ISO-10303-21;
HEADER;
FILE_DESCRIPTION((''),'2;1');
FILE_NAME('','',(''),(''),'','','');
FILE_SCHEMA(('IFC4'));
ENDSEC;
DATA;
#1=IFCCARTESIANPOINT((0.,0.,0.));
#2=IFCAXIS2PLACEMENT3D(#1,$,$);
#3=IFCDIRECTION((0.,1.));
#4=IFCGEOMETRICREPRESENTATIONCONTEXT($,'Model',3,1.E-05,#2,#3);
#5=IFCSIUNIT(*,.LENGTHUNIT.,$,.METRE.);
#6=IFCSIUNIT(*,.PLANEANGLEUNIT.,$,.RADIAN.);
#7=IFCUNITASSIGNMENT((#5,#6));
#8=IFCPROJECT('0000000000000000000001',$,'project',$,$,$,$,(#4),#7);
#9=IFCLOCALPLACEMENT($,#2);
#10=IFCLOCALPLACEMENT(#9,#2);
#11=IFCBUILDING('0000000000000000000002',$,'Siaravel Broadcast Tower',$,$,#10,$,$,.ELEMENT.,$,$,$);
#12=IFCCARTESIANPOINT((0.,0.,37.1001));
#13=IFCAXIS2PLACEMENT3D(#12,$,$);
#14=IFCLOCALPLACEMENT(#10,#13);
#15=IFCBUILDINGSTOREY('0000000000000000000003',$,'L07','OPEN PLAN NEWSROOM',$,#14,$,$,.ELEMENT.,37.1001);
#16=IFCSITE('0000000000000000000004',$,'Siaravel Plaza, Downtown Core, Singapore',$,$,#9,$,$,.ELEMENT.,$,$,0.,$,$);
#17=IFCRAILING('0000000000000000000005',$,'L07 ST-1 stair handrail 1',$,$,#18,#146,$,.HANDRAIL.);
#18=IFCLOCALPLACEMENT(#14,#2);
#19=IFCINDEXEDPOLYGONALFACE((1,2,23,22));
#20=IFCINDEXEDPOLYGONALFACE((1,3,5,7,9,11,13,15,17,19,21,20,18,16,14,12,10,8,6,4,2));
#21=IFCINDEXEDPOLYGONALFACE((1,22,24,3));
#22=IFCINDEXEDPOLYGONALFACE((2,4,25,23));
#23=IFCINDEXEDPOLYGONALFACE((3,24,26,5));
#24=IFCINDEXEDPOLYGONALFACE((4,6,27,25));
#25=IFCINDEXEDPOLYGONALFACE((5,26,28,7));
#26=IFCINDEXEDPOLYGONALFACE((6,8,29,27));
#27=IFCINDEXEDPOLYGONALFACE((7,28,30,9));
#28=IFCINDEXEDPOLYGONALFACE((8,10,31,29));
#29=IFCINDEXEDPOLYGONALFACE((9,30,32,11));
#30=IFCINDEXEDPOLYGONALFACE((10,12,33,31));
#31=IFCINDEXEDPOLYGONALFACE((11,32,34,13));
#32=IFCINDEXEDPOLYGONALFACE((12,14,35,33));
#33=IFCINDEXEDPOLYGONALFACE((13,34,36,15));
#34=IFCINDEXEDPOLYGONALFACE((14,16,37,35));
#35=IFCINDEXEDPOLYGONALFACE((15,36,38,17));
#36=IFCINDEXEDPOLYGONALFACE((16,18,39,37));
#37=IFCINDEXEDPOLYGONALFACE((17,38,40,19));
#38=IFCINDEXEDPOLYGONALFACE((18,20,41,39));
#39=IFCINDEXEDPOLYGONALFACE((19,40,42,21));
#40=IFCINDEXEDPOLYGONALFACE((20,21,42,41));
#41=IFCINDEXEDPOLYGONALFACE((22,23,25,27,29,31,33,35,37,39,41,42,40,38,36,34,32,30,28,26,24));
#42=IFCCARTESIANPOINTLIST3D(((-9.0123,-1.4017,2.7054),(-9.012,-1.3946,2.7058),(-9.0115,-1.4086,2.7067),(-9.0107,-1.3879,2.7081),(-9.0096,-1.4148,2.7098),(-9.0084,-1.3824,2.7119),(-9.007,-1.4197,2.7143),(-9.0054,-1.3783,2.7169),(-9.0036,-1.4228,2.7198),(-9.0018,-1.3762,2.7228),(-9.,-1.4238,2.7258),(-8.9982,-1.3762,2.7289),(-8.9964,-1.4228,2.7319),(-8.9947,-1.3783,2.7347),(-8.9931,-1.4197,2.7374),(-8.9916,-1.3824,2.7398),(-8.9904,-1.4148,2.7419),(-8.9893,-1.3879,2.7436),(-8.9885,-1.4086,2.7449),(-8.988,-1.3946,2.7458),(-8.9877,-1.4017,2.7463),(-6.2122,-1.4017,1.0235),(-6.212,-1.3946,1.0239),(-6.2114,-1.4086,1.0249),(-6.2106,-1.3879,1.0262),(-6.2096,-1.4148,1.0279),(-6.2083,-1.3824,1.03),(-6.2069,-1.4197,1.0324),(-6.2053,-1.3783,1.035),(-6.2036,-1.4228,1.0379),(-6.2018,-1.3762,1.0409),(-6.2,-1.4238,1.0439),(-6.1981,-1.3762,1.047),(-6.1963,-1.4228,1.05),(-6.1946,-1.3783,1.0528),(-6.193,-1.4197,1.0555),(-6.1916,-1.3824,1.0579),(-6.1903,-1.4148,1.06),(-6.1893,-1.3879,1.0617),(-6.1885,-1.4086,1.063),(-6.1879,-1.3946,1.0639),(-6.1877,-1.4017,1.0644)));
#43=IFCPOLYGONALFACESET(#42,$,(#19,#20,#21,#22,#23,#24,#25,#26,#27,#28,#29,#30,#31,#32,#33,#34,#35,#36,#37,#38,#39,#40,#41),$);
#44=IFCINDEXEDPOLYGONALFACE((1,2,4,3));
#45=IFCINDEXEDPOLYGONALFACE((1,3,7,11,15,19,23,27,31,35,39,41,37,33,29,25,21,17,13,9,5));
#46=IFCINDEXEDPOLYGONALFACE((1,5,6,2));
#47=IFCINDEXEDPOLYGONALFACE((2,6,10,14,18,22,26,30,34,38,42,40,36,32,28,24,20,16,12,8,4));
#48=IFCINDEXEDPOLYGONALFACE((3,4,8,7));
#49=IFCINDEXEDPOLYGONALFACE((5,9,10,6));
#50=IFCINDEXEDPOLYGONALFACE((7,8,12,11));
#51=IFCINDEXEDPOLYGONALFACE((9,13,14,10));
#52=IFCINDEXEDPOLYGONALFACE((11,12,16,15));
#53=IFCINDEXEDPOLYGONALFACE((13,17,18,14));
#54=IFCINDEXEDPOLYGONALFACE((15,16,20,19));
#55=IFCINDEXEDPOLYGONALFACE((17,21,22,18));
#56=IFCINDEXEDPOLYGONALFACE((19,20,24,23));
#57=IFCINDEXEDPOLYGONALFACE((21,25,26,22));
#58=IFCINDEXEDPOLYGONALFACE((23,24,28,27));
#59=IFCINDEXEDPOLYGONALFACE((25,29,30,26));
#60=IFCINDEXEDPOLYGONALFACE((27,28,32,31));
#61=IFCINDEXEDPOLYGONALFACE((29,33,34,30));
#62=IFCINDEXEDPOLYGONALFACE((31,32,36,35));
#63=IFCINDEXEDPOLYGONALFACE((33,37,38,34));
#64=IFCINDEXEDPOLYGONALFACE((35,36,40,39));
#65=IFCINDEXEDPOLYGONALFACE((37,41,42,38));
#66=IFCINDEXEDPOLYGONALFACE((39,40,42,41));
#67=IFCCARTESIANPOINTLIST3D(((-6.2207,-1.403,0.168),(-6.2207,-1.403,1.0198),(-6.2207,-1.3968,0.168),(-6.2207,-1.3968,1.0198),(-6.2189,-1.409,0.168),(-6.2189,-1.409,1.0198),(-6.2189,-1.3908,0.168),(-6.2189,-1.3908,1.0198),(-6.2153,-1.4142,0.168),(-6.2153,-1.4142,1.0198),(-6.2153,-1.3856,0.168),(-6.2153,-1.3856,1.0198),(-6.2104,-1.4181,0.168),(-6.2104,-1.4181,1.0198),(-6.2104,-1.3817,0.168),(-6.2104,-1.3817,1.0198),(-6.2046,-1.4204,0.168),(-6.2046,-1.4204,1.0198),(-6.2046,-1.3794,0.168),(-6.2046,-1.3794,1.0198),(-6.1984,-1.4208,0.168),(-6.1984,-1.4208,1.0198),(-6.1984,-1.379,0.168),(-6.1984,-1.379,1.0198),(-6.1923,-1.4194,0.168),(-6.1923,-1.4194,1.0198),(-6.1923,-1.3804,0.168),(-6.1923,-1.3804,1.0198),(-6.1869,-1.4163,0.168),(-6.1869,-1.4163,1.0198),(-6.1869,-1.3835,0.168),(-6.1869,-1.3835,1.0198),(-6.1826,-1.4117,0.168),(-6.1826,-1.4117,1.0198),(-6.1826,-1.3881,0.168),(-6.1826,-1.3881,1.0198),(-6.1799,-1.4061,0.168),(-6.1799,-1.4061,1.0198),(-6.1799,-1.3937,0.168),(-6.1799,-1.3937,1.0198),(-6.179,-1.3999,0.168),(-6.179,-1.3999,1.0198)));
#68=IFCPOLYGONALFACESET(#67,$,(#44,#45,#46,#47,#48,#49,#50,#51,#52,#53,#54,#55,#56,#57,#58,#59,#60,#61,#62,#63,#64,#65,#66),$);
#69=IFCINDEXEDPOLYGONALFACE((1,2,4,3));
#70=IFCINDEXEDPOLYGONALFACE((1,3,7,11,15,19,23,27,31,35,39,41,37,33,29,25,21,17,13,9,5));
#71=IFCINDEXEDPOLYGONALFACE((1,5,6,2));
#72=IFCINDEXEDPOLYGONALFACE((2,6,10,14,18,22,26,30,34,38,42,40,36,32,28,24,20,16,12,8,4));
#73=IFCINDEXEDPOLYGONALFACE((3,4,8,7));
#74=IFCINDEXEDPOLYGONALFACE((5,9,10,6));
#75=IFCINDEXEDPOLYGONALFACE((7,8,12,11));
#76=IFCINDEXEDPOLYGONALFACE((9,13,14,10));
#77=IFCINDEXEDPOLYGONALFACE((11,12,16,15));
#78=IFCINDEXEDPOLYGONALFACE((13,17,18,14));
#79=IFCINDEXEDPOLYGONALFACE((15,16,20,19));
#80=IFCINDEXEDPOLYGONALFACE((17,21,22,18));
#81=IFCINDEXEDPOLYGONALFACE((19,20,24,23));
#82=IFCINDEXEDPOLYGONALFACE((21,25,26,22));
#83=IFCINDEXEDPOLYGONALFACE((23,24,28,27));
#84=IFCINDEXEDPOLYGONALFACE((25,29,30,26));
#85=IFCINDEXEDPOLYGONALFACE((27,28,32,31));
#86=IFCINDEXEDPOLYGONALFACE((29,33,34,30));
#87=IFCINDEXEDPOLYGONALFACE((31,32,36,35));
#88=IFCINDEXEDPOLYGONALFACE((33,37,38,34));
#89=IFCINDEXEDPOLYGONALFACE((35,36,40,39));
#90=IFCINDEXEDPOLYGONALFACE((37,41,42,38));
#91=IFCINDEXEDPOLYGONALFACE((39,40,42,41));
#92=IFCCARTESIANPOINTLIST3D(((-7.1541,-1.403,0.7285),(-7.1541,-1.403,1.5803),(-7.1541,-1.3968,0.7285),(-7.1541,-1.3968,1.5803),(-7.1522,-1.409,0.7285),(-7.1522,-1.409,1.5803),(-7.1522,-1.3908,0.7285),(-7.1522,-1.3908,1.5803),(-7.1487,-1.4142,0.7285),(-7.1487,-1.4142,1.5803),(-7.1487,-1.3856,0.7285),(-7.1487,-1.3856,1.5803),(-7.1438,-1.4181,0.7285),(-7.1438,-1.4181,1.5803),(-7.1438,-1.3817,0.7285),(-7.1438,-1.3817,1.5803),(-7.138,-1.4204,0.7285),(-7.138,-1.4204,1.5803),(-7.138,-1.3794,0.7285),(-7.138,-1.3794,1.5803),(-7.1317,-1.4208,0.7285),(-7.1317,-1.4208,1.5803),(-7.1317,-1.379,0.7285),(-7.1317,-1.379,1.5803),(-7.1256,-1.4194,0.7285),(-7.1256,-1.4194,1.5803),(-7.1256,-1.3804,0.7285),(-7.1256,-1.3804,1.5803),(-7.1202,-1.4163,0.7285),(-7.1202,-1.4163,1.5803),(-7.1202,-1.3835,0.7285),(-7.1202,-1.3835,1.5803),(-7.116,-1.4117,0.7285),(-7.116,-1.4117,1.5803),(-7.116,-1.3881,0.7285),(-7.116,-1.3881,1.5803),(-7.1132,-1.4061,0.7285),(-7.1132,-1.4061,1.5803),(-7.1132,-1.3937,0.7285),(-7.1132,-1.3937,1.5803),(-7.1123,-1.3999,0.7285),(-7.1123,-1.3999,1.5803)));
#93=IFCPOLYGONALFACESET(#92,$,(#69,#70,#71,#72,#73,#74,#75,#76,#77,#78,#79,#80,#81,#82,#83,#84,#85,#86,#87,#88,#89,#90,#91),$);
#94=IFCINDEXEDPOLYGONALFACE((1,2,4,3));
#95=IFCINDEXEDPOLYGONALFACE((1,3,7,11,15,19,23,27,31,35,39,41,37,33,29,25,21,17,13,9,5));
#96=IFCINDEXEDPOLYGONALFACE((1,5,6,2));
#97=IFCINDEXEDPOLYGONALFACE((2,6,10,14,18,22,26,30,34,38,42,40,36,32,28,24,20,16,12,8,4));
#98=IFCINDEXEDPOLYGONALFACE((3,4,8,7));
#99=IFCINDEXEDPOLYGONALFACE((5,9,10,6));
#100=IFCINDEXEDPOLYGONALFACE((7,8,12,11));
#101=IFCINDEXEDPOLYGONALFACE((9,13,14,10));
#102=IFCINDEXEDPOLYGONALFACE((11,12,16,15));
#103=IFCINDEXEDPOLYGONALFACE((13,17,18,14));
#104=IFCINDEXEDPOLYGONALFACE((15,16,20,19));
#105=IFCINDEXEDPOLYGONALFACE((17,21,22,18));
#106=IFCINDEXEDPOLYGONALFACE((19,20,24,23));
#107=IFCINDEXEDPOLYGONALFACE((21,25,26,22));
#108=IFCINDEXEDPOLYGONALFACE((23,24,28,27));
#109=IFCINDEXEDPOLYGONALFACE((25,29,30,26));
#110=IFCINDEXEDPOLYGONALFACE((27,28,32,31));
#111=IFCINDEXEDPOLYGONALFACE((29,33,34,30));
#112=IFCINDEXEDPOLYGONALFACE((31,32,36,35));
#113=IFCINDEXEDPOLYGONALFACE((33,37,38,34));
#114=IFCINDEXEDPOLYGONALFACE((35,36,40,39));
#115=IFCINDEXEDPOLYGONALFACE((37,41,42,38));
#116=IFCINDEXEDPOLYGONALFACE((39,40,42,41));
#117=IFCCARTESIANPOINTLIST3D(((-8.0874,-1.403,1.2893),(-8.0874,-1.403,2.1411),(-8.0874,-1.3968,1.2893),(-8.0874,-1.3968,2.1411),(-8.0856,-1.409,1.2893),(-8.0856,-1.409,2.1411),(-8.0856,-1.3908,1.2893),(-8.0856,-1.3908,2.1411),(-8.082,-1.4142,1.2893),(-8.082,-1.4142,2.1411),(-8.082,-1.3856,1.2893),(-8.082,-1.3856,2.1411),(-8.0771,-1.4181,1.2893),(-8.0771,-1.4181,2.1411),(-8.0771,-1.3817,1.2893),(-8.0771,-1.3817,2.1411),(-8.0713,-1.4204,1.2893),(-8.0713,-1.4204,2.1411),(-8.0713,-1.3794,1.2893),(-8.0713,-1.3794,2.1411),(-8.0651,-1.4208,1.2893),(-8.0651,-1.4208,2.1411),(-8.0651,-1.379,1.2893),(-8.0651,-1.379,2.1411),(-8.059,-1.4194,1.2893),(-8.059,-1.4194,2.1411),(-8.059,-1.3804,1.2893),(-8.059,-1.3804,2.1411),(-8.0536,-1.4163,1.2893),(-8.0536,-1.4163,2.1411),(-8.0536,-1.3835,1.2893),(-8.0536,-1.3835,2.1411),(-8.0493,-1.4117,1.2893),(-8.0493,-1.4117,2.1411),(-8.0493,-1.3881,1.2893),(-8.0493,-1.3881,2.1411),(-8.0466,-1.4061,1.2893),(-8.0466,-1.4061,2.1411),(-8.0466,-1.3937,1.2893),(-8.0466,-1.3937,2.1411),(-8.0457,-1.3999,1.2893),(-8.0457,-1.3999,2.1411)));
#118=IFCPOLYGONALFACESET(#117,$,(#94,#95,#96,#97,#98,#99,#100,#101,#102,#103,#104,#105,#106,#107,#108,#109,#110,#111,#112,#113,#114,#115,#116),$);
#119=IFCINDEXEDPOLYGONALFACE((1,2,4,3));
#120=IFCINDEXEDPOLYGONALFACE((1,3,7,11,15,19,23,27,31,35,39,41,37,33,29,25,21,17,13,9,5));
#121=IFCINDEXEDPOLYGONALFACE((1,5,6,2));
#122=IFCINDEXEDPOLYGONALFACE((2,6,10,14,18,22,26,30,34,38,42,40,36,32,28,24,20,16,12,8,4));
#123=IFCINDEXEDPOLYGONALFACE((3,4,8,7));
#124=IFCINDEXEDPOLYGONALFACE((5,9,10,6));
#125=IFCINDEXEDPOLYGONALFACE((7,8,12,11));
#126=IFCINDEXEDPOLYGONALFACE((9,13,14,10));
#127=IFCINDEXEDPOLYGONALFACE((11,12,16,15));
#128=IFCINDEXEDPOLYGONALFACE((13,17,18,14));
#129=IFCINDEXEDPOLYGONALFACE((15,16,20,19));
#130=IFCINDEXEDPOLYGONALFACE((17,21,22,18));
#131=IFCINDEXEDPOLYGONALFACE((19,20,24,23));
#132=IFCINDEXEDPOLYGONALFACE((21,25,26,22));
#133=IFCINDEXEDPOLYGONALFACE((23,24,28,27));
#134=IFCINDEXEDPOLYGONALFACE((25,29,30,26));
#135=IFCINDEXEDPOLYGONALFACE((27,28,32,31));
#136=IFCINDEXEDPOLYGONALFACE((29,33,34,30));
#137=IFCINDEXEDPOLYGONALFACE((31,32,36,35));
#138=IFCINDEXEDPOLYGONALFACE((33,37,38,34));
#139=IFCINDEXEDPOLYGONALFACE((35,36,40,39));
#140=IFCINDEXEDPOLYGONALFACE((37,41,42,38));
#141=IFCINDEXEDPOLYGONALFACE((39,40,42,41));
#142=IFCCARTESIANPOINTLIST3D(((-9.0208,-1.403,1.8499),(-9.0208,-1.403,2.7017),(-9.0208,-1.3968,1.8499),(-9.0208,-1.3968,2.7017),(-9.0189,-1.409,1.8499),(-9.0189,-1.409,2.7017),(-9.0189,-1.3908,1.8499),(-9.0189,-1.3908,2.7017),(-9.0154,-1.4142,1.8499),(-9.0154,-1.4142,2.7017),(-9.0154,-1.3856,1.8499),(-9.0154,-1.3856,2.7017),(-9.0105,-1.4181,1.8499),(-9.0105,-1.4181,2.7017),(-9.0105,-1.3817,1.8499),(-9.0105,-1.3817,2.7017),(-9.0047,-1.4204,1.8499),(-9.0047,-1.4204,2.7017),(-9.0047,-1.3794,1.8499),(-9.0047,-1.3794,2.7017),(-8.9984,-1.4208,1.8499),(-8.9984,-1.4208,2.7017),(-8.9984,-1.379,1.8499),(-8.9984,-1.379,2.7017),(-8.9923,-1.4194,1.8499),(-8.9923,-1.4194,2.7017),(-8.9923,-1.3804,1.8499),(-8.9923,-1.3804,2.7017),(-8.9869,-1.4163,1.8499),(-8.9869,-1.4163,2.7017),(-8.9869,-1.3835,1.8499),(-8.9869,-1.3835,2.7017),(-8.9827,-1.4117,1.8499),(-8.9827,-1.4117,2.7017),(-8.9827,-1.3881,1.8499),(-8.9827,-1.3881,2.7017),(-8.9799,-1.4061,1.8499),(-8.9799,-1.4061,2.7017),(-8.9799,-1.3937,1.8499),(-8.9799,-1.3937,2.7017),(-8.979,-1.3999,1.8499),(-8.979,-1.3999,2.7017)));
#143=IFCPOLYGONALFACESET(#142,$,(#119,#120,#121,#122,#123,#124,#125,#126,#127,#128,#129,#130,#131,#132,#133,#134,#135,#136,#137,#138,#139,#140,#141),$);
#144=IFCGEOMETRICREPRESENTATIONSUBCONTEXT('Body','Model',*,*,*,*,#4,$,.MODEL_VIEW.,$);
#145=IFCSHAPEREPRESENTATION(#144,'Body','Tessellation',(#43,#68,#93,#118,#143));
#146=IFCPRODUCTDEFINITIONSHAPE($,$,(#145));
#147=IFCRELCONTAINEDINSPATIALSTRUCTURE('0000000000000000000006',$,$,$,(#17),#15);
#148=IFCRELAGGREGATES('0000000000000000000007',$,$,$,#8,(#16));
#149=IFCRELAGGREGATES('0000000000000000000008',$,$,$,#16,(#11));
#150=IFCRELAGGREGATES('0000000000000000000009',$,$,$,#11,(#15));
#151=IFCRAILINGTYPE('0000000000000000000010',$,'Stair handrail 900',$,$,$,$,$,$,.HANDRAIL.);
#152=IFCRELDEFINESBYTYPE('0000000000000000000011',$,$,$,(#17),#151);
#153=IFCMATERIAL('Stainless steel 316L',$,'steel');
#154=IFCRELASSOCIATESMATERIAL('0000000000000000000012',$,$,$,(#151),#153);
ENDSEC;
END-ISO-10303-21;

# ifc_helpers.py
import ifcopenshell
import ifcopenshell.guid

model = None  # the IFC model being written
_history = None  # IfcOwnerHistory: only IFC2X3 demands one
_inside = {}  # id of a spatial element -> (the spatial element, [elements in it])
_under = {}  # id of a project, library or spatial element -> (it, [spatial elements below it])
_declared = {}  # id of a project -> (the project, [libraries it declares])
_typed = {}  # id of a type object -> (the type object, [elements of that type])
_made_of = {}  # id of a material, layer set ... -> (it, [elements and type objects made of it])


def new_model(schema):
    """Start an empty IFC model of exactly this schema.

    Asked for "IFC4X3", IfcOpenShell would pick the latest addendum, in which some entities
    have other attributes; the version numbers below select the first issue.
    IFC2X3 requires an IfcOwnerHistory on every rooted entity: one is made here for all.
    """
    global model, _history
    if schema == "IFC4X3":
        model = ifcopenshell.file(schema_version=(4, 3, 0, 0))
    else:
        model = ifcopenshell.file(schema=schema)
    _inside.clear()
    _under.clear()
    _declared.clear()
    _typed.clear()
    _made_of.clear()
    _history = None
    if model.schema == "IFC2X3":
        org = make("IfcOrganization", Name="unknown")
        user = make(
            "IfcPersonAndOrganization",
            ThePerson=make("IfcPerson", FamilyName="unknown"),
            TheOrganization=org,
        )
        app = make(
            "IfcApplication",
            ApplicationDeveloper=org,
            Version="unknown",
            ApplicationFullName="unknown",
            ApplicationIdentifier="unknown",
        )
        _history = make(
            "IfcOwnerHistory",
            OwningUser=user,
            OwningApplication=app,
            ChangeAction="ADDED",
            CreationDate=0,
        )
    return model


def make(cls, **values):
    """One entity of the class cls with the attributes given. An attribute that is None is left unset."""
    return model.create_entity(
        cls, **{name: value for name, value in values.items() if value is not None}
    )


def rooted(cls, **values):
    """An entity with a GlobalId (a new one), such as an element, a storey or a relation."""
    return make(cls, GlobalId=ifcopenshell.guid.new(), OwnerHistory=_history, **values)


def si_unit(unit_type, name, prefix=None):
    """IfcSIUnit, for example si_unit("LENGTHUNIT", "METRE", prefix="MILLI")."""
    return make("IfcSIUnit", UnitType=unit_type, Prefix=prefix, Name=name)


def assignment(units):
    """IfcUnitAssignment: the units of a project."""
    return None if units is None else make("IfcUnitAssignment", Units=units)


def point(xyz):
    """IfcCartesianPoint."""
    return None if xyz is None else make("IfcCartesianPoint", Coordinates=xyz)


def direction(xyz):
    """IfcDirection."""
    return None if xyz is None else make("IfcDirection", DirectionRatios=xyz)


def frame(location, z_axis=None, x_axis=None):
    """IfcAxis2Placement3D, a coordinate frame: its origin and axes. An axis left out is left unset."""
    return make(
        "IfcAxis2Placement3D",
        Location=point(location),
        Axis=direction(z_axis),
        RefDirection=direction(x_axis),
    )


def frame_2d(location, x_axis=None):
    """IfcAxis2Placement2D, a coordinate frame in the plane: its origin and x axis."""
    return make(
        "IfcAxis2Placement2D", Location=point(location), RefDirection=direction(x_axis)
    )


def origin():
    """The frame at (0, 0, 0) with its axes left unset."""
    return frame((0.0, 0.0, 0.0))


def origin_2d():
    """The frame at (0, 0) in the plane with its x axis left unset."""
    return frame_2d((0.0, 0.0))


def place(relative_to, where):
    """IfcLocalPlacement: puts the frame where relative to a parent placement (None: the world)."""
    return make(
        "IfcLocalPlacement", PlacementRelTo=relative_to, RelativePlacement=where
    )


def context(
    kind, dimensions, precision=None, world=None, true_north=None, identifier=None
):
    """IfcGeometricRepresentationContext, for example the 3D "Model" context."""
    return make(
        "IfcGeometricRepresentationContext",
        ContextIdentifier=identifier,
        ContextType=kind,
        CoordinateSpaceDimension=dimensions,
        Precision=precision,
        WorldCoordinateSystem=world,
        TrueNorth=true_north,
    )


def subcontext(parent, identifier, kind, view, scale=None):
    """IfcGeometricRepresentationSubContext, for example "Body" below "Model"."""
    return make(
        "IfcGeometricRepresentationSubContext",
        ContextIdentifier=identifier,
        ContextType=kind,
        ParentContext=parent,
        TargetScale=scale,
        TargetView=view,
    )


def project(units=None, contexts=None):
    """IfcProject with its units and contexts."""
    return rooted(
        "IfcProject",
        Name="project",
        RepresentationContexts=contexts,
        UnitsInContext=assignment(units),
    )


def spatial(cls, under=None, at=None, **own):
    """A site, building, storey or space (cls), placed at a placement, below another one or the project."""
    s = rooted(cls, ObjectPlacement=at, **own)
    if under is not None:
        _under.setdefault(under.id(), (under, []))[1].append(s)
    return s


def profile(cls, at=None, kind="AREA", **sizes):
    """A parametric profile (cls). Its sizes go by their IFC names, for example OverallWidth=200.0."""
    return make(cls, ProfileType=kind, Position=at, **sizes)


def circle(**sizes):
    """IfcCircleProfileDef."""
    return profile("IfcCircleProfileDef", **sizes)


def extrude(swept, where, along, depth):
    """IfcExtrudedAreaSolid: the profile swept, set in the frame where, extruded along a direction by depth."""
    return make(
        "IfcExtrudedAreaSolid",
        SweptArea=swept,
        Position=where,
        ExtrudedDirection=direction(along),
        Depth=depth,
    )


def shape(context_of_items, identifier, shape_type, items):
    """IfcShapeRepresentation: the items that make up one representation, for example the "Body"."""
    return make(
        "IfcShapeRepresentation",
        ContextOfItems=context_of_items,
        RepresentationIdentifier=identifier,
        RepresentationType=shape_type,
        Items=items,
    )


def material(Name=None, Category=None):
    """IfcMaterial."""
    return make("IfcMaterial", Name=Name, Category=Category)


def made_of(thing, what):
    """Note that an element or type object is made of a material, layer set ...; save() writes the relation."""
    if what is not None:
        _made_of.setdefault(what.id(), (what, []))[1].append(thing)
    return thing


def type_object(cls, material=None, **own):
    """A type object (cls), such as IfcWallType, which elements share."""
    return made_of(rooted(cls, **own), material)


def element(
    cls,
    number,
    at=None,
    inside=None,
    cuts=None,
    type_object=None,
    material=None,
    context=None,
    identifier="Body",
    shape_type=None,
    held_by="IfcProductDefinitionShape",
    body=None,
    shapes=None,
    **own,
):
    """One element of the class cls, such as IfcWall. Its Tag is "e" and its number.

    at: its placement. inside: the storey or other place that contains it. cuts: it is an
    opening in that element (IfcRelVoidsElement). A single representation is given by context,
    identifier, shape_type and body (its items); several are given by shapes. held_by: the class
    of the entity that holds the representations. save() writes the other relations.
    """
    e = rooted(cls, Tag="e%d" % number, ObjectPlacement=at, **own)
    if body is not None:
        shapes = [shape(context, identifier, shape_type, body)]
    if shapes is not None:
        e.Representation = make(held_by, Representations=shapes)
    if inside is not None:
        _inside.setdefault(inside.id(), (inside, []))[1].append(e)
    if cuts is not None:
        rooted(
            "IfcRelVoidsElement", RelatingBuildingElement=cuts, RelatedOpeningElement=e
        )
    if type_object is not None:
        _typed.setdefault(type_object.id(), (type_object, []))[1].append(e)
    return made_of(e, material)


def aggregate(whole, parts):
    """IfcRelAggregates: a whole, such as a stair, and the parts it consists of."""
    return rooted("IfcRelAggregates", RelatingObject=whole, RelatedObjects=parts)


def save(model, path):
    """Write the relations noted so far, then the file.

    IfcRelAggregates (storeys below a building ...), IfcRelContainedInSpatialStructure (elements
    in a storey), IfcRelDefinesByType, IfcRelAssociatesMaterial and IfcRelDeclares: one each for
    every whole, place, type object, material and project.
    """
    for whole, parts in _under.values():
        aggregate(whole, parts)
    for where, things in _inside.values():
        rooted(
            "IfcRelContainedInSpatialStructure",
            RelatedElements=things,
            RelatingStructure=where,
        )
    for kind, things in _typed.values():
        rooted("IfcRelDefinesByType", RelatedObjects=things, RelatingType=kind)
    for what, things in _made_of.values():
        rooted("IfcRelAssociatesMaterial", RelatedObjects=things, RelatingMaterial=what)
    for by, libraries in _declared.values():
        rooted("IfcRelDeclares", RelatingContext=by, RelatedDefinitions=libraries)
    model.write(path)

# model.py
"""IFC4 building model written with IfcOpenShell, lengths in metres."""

from ifc_helpers import new_model, si_unit, direction, frame, origin, origin_2d, place, context, subcontext, project, spatial, circle, extrude, material, type_object, element, save


model = new_model("IFC4")

# Units and contexts
model_context = context("Model", 3, precision=1e-05, world=origin(), true_north=direction((0.0, 1.0)))
body_context = subcontext(model_context, "Body", "Model", "MODEL_VIEW")
ifc_project = project(units=[si_unit("LENGTHUNIT", "METRE"), si_unit("PLANEANGLEUNIT", "RADIAN")], contexts=[model_context])

# Site, building, storey
site_placement = place(None, origin())
site = spatial("IfcSite", under=ifc_project, at=site_placement, Name="Siaravel Plaza, Downtown Core, Singapore", CompositionType="ELEMENT", RefElevation=0.0)
building_placement = place(site_placement, origin())
building = spatial("IfcBuilding", under=site, at=building_placement, Name="Siaravel Broadcast Tower", CompositionType="ELEMENT")
storey_placement = place(building_placement, frame((0.0, 0.0, 37.1001)))
storey = spatial("IfcBuildingStorey", under=building, at=storey_placement, Name="L07", Description="OPEN PLAN NEWSROOM", CompositionType="ELEMENT", Elevation=37.1001)

# Shared definitions
ifc_material_1 = material(Name="Stainless steel 316L", Category="steel")

# Railing
railing_type_1 = type_object("IfcRailingType", Name="Stair handrail 900", PredefinedType="HANDRAIL", material=ifc_material_1)
railing_1_placement = place(storey_placement, frame((-6.2, -1.3999, 0.168)))
element("IfcRailing", 1, at=railing_1_placement, inside=storey, type_object=railing_type_1, Name="L07 ST-1 stair handrail 1", PredefinedType="HANDRAIL", context=body_context, shape_type="SweptSolid", body=[
    extrude(circle(Radius=0.0239, at=origin_2d()), frame((0.0, 0.0, 0.876), z_axis=(-0.857242, 0.0, 0.514913), x_axis=(0.0, -1.0, 0.0)), (0.0, 0.0, 1.0), 3.2664),
    extrude(circle(Radius=0.021, at=origin_2d()), origin(), (0.0, 0.0, 1.0), 0.8518),
    extrude(circle(Radius=0.021, at=origin_2d()), frame((-0.9333, 0.0, 0.5605)), (0.0, 0.0, 1.0), 0.8518),
    extrude(circle(Radius=0.021, at=origin_2d()), frame((-1.8667, 0.0, 1.1213)), (0.0, 0.0, 1.0), 0.8518),
    extrude(circle(Radius=0.021, at=origin_2d()), frame((-2.8, 0.0, 1.6819)), (0.0, 0.0, 1.0), 0.8518),
])

save(model, "model.ifc")
